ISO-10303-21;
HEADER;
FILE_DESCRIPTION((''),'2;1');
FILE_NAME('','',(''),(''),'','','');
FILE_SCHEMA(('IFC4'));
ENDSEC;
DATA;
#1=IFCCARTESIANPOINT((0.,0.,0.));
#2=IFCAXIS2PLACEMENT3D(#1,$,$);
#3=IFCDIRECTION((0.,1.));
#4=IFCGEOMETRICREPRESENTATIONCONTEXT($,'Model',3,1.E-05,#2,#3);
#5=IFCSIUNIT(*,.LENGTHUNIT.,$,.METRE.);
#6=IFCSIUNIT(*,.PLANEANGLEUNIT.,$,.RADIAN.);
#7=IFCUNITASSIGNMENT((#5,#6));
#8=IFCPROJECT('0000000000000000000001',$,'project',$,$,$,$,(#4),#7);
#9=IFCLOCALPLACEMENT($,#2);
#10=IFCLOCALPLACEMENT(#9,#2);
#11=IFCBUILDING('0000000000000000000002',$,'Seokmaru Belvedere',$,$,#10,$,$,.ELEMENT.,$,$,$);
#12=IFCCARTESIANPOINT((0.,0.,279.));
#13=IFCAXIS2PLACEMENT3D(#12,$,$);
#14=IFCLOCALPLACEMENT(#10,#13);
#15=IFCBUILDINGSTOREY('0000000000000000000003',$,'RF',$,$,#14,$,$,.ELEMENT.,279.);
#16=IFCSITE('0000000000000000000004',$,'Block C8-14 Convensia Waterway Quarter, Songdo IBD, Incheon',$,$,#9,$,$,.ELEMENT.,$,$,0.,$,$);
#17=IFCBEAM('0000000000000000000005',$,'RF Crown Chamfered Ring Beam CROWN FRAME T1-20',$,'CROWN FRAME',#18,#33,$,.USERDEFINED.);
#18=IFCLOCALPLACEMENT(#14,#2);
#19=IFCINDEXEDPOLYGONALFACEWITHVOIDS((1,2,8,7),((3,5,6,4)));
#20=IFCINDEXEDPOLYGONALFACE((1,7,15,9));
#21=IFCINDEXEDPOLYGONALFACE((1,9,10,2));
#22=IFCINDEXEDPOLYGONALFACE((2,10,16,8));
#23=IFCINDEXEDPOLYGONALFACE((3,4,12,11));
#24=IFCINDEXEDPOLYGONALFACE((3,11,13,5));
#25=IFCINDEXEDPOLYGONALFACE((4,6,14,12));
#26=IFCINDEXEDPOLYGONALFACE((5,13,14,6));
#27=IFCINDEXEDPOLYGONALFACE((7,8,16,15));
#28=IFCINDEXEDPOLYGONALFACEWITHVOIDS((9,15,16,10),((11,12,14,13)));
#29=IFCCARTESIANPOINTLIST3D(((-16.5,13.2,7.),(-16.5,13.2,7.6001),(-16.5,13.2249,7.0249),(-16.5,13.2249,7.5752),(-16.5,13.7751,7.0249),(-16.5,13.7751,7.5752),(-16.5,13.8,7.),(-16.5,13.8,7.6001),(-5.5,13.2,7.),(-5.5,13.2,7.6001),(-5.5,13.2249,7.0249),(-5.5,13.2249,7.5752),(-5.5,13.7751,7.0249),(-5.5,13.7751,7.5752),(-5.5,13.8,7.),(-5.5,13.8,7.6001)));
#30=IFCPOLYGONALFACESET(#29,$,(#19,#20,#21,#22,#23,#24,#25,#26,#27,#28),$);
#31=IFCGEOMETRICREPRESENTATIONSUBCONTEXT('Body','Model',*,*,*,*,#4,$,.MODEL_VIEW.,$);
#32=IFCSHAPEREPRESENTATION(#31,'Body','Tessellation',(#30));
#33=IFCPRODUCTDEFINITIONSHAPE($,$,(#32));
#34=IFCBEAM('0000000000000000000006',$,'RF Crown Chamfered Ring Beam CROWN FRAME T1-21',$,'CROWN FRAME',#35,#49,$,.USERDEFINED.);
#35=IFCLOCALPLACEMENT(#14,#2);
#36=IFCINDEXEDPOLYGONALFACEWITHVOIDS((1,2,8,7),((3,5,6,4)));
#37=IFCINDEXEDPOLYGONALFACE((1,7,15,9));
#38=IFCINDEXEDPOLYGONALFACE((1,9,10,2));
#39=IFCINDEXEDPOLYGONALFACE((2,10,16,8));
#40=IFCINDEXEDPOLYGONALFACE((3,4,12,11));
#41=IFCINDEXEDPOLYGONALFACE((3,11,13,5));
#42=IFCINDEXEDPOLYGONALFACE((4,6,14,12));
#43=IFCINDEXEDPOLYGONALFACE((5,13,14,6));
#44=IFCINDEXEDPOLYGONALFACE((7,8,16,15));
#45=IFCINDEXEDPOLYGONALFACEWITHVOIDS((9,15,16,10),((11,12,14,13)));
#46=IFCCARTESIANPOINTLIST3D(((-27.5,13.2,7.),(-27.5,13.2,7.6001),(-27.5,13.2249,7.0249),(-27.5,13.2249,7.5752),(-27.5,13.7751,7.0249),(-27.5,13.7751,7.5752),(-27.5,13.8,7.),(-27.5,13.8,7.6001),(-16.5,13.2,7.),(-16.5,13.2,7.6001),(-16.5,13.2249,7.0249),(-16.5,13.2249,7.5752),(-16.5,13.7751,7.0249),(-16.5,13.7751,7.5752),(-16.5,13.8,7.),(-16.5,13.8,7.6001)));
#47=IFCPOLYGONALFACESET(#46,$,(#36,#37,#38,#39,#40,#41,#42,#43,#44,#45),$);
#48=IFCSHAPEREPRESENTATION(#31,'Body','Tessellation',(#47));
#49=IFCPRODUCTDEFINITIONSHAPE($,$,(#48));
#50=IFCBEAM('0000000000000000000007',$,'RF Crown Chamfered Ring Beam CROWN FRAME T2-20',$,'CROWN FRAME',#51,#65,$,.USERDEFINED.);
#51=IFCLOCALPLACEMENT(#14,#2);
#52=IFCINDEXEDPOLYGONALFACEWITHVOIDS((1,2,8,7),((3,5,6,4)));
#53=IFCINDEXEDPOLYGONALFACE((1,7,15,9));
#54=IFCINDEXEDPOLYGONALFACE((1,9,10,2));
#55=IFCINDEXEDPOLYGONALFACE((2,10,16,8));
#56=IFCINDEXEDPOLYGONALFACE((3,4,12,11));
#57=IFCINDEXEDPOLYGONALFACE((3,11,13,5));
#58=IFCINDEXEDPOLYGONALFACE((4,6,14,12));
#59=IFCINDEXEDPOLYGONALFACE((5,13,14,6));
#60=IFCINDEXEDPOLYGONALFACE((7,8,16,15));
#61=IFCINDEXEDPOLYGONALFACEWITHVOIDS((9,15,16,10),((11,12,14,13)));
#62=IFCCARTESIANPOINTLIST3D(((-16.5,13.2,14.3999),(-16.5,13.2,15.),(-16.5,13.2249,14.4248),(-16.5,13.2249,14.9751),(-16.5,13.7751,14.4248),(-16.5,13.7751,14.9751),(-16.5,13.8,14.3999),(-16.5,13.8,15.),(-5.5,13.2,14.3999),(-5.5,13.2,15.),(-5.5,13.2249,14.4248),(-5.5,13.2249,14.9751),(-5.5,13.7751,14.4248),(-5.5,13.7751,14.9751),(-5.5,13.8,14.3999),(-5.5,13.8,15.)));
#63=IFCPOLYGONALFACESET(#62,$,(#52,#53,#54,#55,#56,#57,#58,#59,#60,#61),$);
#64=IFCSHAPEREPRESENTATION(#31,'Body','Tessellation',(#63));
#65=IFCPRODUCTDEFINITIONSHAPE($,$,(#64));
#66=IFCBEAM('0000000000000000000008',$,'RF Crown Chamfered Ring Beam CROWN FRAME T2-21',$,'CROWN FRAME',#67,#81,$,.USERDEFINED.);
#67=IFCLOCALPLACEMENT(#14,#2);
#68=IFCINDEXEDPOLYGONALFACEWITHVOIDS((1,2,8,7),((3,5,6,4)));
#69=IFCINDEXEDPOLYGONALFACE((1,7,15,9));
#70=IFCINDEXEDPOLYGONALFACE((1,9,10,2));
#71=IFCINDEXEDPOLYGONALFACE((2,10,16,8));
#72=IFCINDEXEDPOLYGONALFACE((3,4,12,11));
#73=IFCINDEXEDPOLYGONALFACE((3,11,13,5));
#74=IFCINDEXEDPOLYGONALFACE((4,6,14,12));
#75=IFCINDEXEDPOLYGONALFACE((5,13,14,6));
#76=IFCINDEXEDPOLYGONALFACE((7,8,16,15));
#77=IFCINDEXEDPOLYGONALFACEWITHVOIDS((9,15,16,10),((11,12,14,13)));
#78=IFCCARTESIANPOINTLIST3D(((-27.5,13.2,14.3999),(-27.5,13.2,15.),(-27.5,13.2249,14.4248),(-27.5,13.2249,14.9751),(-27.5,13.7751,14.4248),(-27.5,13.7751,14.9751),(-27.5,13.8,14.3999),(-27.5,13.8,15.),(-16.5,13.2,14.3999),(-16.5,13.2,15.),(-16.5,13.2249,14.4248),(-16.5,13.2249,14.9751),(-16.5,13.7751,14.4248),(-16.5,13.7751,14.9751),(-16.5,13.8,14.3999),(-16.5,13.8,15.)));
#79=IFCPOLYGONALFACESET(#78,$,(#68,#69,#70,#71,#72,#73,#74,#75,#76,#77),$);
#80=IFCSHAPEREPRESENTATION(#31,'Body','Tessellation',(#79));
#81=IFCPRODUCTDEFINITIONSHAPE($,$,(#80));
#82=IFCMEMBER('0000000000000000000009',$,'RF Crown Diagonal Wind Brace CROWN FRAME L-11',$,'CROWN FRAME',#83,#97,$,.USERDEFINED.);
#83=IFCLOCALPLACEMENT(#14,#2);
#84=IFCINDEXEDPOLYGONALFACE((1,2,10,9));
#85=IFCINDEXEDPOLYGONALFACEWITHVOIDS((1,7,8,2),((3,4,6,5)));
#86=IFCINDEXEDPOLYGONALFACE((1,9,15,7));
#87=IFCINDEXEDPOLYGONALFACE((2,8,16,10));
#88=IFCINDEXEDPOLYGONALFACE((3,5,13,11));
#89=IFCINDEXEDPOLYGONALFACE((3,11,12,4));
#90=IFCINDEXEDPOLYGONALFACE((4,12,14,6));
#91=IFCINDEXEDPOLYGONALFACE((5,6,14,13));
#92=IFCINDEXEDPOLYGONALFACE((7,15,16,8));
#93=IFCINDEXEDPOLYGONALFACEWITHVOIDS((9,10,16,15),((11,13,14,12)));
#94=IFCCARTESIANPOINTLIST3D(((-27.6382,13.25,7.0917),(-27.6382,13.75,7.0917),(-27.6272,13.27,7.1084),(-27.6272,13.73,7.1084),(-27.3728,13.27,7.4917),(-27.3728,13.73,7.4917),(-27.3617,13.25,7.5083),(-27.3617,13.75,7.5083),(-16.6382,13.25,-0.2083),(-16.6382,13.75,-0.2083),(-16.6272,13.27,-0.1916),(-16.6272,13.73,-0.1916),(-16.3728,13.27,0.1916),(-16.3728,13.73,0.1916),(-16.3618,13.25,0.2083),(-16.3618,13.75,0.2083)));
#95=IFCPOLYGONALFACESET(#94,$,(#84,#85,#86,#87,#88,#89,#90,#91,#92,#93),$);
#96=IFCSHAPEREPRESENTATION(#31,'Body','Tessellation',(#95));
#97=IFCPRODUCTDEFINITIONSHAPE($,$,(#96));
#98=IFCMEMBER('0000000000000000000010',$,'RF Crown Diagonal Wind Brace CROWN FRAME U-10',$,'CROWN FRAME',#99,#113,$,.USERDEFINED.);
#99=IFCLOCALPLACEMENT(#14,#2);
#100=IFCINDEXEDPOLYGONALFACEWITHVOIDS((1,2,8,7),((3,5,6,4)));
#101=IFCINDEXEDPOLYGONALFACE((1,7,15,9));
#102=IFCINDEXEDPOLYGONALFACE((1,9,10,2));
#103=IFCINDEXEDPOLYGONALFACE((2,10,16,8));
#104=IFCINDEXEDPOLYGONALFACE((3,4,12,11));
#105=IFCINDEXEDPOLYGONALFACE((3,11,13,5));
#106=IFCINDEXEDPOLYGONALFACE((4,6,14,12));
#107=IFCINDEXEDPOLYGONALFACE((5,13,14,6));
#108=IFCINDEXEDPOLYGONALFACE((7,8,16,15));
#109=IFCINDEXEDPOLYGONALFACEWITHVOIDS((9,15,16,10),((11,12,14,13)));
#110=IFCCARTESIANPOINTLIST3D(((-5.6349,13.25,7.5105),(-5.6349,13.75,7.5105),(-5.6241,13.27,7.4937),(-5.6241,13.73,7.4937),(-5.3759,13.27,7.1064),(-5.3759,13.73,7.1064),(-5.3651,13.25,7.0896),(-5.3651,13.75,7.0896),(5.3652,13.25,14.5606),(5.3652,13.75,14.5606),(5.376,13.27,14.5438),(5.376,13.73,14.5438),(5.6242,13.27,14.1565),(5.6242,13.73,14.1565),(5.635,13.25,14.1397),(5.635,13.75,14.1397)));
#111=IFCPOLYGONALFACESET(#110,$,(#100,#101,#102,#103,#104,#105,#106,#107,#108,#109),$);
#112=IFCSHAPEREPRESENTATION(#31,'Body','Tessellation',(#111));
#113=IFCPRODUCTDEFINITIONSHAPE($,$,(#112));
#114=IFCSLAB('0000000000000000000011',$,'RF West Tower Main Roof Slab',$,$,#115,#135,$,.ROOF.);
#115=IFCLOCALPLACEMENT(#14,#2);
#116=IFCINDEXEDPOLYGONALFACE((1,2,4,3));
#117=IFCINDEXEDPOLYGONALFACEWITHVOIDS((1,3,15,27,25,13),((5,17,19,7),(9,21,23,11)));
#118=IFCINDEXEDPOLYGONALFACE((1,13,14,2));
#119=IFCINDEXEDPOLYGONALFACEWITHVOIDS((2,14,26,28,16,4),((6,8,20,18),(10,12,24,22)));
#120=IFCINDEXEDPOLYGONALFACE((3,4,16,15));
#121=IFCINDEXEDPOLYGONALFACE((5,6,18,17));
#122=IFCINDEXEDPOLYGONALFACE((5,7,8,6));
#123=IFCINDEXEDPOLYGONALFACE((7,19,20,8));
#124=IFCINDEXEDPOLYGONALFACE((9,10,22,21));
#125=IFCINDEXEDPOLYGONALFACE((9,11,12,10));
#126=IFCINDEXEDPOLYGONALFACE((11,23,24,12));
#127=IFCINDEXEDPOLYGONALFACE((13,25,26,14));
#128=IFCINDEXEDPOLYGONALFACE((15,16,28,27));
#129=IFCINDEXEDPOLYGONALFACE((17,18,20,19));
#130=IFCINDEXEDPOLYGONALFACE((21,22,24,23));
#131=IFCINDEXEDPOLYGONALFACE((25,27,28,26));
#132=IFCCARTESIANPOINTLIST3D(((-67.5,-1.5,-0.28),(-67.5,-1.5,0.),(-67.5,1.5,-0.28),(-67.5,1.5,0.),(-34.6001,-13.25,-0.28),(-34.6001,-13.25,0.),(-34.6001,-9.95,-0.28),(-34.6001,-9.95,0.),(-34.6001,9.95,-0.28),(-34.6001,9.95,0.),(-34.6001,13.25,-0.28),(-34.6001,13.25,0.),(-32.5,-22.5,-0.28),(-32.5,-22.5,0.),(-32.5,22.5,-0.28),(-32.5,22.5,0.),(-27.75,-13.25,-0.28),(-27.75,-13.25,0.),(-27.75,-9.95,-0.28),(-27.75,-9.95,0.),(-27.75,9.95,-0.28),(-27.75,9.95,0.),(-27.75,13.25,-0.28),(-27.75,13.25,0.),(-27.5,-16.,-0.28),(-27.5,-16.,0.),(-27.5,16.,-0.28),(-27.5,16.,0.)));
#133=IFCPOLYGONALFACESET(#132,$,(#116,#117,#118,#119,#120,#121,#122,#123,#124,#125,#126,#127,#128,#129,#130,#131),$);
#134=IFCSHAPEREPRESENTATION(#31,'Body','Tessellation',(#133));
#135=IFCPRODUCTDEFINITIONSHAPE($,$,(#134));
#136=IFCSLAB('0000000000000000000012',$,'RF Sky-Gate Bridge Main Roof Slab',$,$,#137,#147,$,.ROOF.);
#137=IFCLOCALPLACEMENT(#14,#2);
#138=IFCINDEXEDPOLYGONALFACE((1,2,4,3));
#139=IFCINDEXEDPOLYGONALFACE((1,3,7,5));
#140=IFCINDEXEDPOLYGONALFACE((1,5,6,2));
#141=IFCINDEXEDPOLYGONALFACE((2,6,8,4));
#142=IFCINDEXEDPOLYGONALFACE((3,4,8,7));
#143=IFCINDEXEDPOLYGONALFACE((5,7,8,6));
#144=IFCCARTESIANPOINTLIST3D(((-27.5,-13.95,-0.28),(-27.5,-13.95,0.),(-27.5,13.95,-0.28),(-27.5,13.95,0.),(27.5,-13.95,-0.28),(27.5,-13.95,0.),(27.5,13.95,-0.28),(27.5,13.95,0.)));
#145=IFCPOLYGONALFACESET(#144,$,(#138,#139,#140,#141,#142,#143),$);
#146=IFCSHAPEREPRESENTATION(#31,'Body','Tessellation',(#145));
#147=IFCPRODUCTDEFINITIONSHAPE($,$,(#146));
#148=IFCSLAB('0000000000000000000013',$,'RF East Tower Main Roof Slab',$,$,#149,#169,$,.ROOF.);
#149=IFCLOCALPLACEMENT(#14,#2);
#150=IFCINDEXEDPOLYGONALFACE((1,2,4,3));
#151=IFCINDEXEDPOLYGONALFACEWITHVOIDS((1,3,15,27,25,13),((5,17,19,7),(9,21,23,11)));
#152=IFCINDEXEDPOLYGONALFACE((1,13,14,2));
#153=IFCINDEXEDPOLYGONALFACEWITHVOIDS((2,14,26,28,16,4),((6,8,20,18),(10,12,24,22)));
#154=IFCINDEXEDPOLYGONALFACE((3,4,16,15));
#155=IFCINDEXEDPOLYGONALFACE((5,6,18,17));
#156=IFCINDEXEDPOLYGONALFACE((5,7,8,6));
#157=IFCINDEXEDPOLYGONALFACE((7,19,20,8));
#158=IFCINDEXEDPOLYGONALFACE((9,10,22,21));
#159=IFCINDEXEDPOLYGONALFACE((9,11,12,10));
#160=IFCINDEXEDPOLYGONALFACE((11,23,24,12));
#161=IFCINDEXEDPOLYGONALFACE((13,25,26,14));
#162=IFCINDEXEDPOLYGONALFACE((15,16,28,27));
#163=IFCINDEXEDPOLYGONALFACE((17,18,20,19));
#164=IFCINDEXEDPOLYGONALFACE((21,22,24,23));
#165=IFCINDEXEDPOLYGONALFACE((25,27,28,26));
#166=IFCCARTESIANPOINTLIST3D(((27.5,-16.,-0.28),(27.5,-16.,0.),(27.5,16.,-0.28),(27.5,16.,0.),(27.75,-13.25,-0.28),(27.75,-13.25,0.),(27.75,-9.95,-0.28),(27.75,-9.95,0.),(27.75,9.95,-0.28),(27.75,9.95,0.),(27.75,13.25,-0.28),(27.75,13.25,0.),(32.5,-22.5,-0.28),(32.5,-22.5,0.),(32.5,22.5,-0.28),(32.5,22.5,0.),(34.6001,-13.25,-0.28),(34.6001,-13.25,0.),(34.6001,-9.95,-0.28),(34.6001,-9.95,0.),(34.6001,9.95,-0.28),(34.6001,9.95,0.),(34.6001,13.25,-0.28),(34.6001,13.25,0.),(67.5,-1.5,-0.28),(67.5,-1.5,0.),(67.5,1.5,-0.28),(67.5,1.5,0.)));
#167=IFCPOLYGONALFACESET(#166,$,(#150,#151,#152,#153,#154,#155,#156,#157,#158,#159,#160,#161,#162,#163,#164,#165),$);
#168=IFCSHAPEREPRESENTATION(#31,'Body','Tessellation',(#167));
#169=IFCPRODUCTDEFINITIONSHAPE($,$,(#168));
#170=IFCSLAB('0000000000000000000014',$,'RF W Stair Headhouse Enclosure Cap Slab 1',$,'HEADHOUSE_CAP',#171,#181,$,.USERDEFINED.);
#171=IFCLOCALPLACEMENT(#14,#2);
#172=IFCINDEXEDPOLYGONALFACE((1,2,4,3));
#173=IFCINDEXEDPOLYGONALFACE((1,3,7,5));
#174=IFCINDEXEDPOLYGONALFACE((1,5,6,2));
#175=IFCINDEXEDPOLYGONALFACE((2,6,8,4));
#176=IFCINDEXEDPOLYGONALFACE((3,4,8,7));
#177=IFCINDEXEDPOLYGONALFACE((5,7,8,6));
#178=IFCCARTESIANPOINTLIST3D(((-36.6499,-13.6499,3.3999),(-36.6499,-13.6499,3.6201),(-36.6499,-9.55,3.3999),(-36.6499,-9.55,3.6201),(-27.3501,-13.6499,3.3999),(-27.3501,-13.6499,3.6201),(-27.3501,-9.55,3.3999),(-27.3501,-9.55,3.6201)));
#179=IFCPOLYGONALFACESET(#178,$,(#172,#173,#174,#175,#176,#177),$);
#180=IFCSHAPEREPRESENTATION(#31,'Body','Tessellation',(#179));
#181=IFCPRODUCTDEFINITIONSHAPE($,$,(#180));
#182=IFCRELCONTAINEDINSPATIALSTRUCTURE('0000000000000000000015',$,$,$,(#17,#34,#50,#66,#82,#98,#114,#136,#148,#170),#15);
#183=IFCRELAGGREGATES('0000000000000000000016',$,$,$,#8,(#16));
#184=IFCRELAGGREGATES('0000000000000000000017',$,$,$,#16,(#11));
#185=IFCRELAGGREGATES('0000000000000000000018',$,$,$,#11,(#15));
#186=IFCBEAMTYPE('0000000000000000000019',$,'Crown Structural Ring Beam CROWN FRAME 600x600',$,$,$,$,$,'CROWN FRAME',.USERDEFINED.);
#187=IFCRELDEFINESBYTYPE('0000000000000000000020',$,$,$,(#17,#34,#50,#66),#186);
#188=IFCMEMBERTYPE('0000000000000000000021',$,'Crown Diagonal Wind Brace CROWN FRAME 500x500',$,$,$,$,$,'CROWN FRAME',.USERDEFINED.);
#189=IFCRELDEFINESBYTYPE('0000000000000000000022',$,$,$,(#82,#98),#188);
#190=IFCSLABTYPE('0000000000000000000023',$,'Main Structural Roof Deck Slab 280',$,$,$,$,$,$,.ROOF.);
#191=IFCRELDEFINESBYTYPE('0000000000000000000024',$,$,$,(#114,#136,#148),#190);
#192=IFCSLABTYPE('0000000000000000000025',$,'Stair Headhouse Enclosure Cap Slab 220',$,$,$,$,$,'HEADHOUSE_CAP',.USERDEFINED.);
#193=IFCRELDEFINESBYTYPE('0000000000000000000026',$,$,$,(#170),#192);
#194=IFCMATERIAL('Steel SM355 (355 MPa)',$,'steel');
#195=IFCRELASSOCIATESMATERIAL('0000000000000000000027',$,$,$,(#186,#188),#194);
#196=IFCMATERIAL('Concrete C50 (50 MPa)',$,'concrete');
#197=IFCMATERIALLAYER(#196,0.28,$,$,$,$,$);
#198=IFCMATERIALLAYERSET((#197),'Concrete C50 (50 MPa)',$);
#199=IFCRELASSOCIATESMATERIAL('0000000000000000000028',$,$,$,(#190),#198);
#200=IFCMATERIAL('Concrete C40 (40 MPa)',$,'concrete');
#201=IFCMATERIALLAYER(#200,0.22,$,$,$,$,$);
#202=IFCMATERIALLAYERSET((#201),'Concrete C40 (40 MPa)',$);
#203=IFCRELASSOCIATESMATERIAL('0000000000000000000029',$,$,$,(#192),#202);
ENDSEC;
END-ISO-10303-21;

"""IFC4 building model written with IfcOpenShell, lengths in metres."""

from ifc_helpers import new_model, si_unit, direction, frame, origin, origin_2d, place, context, subcontext, project, spatial, polyline, hollow_rectangle, outline, extrude, source, transform, mapped, material, layer, layer_set, material_profile, profile_set, type_object, type_shapes, element, save


model = new_model("IFC4")

# Units and contexts
model_context = context("Model", 3, precision=1e-05, world=origin(), true_north=direction((0.0, 1.0)))
body_context = subcontext(model_context, "Body", "Model", "MODEL_VIEW")
ifc_project = project(units=[si_unit("LENGTHUNIT", "METRE"), si_unit("PLANEANGLEUNIT", "RADIAN")], contexts=[model_context])

# Site, building, storey
site_placement = place(None, origin())
site = spatial("IfcSite", under=ifc_project, at=site_placement, Name="Block C8-14 Convensia Waterway Quarter, Songdo IBD, Incheon", CompositionType="ELEMENT", RefElevation=0.0)
building_placement = place(site_placement, origin())
building = spatial("IfcBuilding", under=site, at=building_placement, Name="Seokmaru Belvedere", CompositionType="ELEMENT")
storey_placement = place(building_placement, frame((0.0, 0.0, 279.0)))
storey = spatial("IfcBuildingStorey", under=building, at=storey_placement, Name="RF", CompositionType="ELEMENT", Elevation=279.0)

# Shared definitions
ifc_material_1 = material(Name="Steel SM355 (355 MPa)", Category="steel")

# Beams
ifc_material_profile_1 = material_profile(ifc_material_1, hollow_rectangle(XDim=0.6001, YDim=0.6001, WallThickness=0.0249, at=origin_2d()), Name="HSS-600x600x25")
ifc_profile_set_1 = profile_set([ifc_material_profile_1], Name="Steel SM355 (355 MPa)")
beam_type_1 = type_object("IfcBeamType", Name="Crown Structural Ring Beam CROWN FRAME 600x600", ElementType="CROWN FRAME", PredefinedType="USERDEFINED", material=ifc_profile_set_1)
shared_shape_1 = source(origin(), body_context, "Body", "SweptSolid", [
    extrude(hollow_rectangle(XDim=0.6001, YDim=0.6001, WallThickness=0.0249, at=origin_2d()), origin(), (0.0, 0.0, 1.0), 11.0),
])
type_shapes(beam_type_1, [shared_shape_1])
for number, where, z_axis, x_axis, name in (
    (1, (-5.5, 13.5, 7.3), (-1.0, 0.0, 0.0), (0.0, -1.0, 0.0), "RF Crown Chamfered Ring Beam CROWN FRAME T1-20"),
    (2, (-16.5, 13.5, 7.3), (-1.0, 0.0, 0.0), (0.0, -1.0, 0.0), "RF Crown Chamfered Ring Beam CROWN FRAME T1-21"),
    (3, (-5.5, 13.5, 14.7), (-1.0, 0.0, 0.0), (0.0, -1.0, 0.0), "RF Crown Chamfered Ring Beam CROWN FRAME T2-20"),
    (4, (-16.5, 13.5, 14.7), (-1.0, 0.0, 0.0), (0.0, -1.0, 0.0), "RF Crown Chamfered Ring Beam CROWN FRAME T2-21"),
):
    element("IfcBeam", number, at=place(storey_placement, frame(where, z_axis=z_axis, x_axis=x_axis)), inside=storey, type_object=beam_type_1, Name=name, ObjectType="CROWN FRAME", PredefinedType="USERDEFINED", context=body_context, shape_type="MappedRepresentation", body=[
        mapped(shared_shape_1, transform((0.0, 0.0, 0.0), scale=1.0)),
    ])

# Members
ifc_material_profile_2 = material_profile(ifc_material_1, hollow_rectangle(XDim=0.5, YDim=0.5, WallThickness=0.02, at=origin_2d()), Name="HSS-500x500x20")
ifc_profile_set_2 = profile_set([ifc_material_profile_2], Name="Steel SM355 (355 MPa)")
member_type = type_object("IfcMemberType", Name="Crown Diagonal Wind Brace CROWN FRAME 500x500", ElementType="CROWN FRAME", PredefinedType="USERDEFINED", material=ifc_profile_set_2)
shared_shape_2 = source(origin(), body_context, "Body", "SweptSolid", [
    extrude(hollow_rectangle(XDim=0.5, YDim=0.5, WallThickness=0.02, at=origin_2d()), origin(), (0.0, 0.0, 1.0), 13.2019),
])
member_1_placement = place(storey_placement, frame((-16.5, 13.5, 0.0), z_axis=(-0.833212, 0.0, 0.552954), x_axis=(0.0, -1.0, 0.0)))
element("IfcMember", 5, at=member_1_placement, inside=storey, type_object=member_type, Name="RF Crown Diagonal Wind Brace CROWN FRAME L-11", ObjectType="CROWN FRAME", PredefinedType="USERDEFINED", context=body_context, shape_type="MappedRepresentation", body=[
    mapped(shared_shape_2, transform((0.0, 0.0, 0.0), scale=1.0)),
])
shared_shape_3 = source(origin(), body_context, "Body", "SweptSolid", [
    extrude(hollow_rectangle(XDim=0.5, YDim=0.5, WallThickness=0.02, at=origin_2d()), origin(), (0.0, 0.0, 1.0), 13.0654),
])
type_shapes(member_type, [shared_shape_2, shared_shape_3])
member_2_placement = place(storey_placement, frame((-5.5, 13.5, 7.3), z_axis=(0.841922, 0.0, 0.539599), x_axis=(0.0, 1.0, 0.0)))
element("IfcMember", 6, at=member_2_placement, inside=storey, type_object=member_type, Name="RF Crown Diagonal Wind Brace CROWN FRAME U-10", ObjectType="CROWN FRAME", PredefinedType="USERDEFINED", context=body_context, shape_type="MappedRepresentation", body=[
    mapped(shared_shape_3, transform((0.0, 0.0, 0.0), scale=1.0)),
])

# Slabs
ifc_material_2 = material(Name="Concrete C50 (50 MPa)", Category="concrete")
ifc_layer_1 = layer(ifc_material_2, 0.28)
ifc_layer_set_1 = layer_set([ifc_layer_1], Name="Concrete C50 (50 MPa)")
slab_type_1 = type_object("IfcSlabType", Name="Main Structural Roof Deck Slab 280", PredefinedType="ROOF", material=ifc_layer_set_1)
slab_1_placement = place(storey_placement, frame((0.0, 0.0, -0.28)))
element("IfcSlab", 7, at=slab_1_placement, inside=storey, type_object=slab_type_1, Name="RF West Tower Main Roof Slab", PredefinedType="ROOF", context=body_context, shape_type="SweptSolid", body=[
    extrude(outline(polyline([(-27.5, -16.0), (-27.5, 16.0), (-32.5, 22.5), (-67.5, 1.5), (-67.5, -1.5), (-32.5, -22.5), (-27.5, -16.0)]), holes=[polyline([(-34.6001, -13.25), (-27.75, -13.25), (-27.75, -9.95), (-34.6001, -9.95), (-34.6001, -13.25)]), polyline([(-34.6001, 9.95), (-27.75, 9.95), (-27.75, 13.25), (-34.6001, 13.25), (-34.6001, 9.95)])]), origin(), (0.0, 0.0, 1.0), 0.28),
])
slab_2_placement = place(storey_placement, frame((0.0, 0.0, -0.28)))
element("IfcSlab", 8, at=slab_2_placement, inside=storey, type_object=slab_type_1, Name="RF Sky-Gate Bridge Main Roof Slab", PredefinedType="ROOF", context=body_context, shape_type="SweptSolid", body=[
    extrude(outline(polyline([(-27.5, -13.95), (27.5, -13.95), (27.5, 13.95), (-27.5, 13.95), (-27.5, -13.95)])), origin(), (0.0, 0.0, 1.0), 0.28),
])
slab_3_placement = place(storey_placement, frame((0.0, 0.0, -0.28)))
element("IfcSlab", 9, at=slab_3_placement, inside=storey, type_object=slab_type_1, Name="RF East Tower Main Roof Slab", PredefinedType="ROOF", context=body_context, shape_type="SweptSolid", body=[
    extrude(outline(polyline([(32.5, -22.5), (67.5, -1.5), (67.5, 1.5), (32.5, 22.5), (27.5, 16.0), (27.5, -16.0), (32.5, -22.5)]), holes=[polyline([(27.75, -13.25), (34.6001, -13.25), (34.6001, -9.95), (27.75, -9.95), (27.75, -13.25)]), polyline([(27.75, 9.95), (34.6001, 9.95), (34.6001, 13.25), (27.75, 13.25), (27.75, 9.95)])]), origin(), (0.0, 0.0, 1.0), 0.28),
])
ifc_material_3 = material(Name="Concrete C40 (40 MPa)", Category="concrete")
ifc_layer_2 = layer(ifc_material_3, 0.22)
ifc_layer_set_2 = layer_set([ifc_layer_2], Name="Concrete C40 (40 MPa)")
slab_type_2 = type_object("IfcSlabType", Name="Stair Headhouse Enclosure Cap Slab 220", ElementType="HEADHOUSE_CAP", PredefinedType="USERDEFINED", material=ifc_layer_set_2)
slab_4_placement = place(storey_placement, frame((0.0, 0.0, 3.3999)))
element("IfcSlab", 10, at=slab_4_placement, inside=storey, type_object=slab_type_2, Name="RF W Stair Headhouse Enclosure Cap Slab 1", ObjectType="HEADHOUSE_CAP", PredefinedType="USERDEFINED", context=body_context, shape_type="SweptSolid", body=[
    extrude(outline(polyline([(-36.6499, -13.6499), (-27.3501, -13.6499), (-27.3501, -9.55), (-36.6499, -9.55), (-36.6499, -13.6499)])), origin(), (0.0, 0.0, 1.0), 0.2202),
])

save(model, "model.ifc")
